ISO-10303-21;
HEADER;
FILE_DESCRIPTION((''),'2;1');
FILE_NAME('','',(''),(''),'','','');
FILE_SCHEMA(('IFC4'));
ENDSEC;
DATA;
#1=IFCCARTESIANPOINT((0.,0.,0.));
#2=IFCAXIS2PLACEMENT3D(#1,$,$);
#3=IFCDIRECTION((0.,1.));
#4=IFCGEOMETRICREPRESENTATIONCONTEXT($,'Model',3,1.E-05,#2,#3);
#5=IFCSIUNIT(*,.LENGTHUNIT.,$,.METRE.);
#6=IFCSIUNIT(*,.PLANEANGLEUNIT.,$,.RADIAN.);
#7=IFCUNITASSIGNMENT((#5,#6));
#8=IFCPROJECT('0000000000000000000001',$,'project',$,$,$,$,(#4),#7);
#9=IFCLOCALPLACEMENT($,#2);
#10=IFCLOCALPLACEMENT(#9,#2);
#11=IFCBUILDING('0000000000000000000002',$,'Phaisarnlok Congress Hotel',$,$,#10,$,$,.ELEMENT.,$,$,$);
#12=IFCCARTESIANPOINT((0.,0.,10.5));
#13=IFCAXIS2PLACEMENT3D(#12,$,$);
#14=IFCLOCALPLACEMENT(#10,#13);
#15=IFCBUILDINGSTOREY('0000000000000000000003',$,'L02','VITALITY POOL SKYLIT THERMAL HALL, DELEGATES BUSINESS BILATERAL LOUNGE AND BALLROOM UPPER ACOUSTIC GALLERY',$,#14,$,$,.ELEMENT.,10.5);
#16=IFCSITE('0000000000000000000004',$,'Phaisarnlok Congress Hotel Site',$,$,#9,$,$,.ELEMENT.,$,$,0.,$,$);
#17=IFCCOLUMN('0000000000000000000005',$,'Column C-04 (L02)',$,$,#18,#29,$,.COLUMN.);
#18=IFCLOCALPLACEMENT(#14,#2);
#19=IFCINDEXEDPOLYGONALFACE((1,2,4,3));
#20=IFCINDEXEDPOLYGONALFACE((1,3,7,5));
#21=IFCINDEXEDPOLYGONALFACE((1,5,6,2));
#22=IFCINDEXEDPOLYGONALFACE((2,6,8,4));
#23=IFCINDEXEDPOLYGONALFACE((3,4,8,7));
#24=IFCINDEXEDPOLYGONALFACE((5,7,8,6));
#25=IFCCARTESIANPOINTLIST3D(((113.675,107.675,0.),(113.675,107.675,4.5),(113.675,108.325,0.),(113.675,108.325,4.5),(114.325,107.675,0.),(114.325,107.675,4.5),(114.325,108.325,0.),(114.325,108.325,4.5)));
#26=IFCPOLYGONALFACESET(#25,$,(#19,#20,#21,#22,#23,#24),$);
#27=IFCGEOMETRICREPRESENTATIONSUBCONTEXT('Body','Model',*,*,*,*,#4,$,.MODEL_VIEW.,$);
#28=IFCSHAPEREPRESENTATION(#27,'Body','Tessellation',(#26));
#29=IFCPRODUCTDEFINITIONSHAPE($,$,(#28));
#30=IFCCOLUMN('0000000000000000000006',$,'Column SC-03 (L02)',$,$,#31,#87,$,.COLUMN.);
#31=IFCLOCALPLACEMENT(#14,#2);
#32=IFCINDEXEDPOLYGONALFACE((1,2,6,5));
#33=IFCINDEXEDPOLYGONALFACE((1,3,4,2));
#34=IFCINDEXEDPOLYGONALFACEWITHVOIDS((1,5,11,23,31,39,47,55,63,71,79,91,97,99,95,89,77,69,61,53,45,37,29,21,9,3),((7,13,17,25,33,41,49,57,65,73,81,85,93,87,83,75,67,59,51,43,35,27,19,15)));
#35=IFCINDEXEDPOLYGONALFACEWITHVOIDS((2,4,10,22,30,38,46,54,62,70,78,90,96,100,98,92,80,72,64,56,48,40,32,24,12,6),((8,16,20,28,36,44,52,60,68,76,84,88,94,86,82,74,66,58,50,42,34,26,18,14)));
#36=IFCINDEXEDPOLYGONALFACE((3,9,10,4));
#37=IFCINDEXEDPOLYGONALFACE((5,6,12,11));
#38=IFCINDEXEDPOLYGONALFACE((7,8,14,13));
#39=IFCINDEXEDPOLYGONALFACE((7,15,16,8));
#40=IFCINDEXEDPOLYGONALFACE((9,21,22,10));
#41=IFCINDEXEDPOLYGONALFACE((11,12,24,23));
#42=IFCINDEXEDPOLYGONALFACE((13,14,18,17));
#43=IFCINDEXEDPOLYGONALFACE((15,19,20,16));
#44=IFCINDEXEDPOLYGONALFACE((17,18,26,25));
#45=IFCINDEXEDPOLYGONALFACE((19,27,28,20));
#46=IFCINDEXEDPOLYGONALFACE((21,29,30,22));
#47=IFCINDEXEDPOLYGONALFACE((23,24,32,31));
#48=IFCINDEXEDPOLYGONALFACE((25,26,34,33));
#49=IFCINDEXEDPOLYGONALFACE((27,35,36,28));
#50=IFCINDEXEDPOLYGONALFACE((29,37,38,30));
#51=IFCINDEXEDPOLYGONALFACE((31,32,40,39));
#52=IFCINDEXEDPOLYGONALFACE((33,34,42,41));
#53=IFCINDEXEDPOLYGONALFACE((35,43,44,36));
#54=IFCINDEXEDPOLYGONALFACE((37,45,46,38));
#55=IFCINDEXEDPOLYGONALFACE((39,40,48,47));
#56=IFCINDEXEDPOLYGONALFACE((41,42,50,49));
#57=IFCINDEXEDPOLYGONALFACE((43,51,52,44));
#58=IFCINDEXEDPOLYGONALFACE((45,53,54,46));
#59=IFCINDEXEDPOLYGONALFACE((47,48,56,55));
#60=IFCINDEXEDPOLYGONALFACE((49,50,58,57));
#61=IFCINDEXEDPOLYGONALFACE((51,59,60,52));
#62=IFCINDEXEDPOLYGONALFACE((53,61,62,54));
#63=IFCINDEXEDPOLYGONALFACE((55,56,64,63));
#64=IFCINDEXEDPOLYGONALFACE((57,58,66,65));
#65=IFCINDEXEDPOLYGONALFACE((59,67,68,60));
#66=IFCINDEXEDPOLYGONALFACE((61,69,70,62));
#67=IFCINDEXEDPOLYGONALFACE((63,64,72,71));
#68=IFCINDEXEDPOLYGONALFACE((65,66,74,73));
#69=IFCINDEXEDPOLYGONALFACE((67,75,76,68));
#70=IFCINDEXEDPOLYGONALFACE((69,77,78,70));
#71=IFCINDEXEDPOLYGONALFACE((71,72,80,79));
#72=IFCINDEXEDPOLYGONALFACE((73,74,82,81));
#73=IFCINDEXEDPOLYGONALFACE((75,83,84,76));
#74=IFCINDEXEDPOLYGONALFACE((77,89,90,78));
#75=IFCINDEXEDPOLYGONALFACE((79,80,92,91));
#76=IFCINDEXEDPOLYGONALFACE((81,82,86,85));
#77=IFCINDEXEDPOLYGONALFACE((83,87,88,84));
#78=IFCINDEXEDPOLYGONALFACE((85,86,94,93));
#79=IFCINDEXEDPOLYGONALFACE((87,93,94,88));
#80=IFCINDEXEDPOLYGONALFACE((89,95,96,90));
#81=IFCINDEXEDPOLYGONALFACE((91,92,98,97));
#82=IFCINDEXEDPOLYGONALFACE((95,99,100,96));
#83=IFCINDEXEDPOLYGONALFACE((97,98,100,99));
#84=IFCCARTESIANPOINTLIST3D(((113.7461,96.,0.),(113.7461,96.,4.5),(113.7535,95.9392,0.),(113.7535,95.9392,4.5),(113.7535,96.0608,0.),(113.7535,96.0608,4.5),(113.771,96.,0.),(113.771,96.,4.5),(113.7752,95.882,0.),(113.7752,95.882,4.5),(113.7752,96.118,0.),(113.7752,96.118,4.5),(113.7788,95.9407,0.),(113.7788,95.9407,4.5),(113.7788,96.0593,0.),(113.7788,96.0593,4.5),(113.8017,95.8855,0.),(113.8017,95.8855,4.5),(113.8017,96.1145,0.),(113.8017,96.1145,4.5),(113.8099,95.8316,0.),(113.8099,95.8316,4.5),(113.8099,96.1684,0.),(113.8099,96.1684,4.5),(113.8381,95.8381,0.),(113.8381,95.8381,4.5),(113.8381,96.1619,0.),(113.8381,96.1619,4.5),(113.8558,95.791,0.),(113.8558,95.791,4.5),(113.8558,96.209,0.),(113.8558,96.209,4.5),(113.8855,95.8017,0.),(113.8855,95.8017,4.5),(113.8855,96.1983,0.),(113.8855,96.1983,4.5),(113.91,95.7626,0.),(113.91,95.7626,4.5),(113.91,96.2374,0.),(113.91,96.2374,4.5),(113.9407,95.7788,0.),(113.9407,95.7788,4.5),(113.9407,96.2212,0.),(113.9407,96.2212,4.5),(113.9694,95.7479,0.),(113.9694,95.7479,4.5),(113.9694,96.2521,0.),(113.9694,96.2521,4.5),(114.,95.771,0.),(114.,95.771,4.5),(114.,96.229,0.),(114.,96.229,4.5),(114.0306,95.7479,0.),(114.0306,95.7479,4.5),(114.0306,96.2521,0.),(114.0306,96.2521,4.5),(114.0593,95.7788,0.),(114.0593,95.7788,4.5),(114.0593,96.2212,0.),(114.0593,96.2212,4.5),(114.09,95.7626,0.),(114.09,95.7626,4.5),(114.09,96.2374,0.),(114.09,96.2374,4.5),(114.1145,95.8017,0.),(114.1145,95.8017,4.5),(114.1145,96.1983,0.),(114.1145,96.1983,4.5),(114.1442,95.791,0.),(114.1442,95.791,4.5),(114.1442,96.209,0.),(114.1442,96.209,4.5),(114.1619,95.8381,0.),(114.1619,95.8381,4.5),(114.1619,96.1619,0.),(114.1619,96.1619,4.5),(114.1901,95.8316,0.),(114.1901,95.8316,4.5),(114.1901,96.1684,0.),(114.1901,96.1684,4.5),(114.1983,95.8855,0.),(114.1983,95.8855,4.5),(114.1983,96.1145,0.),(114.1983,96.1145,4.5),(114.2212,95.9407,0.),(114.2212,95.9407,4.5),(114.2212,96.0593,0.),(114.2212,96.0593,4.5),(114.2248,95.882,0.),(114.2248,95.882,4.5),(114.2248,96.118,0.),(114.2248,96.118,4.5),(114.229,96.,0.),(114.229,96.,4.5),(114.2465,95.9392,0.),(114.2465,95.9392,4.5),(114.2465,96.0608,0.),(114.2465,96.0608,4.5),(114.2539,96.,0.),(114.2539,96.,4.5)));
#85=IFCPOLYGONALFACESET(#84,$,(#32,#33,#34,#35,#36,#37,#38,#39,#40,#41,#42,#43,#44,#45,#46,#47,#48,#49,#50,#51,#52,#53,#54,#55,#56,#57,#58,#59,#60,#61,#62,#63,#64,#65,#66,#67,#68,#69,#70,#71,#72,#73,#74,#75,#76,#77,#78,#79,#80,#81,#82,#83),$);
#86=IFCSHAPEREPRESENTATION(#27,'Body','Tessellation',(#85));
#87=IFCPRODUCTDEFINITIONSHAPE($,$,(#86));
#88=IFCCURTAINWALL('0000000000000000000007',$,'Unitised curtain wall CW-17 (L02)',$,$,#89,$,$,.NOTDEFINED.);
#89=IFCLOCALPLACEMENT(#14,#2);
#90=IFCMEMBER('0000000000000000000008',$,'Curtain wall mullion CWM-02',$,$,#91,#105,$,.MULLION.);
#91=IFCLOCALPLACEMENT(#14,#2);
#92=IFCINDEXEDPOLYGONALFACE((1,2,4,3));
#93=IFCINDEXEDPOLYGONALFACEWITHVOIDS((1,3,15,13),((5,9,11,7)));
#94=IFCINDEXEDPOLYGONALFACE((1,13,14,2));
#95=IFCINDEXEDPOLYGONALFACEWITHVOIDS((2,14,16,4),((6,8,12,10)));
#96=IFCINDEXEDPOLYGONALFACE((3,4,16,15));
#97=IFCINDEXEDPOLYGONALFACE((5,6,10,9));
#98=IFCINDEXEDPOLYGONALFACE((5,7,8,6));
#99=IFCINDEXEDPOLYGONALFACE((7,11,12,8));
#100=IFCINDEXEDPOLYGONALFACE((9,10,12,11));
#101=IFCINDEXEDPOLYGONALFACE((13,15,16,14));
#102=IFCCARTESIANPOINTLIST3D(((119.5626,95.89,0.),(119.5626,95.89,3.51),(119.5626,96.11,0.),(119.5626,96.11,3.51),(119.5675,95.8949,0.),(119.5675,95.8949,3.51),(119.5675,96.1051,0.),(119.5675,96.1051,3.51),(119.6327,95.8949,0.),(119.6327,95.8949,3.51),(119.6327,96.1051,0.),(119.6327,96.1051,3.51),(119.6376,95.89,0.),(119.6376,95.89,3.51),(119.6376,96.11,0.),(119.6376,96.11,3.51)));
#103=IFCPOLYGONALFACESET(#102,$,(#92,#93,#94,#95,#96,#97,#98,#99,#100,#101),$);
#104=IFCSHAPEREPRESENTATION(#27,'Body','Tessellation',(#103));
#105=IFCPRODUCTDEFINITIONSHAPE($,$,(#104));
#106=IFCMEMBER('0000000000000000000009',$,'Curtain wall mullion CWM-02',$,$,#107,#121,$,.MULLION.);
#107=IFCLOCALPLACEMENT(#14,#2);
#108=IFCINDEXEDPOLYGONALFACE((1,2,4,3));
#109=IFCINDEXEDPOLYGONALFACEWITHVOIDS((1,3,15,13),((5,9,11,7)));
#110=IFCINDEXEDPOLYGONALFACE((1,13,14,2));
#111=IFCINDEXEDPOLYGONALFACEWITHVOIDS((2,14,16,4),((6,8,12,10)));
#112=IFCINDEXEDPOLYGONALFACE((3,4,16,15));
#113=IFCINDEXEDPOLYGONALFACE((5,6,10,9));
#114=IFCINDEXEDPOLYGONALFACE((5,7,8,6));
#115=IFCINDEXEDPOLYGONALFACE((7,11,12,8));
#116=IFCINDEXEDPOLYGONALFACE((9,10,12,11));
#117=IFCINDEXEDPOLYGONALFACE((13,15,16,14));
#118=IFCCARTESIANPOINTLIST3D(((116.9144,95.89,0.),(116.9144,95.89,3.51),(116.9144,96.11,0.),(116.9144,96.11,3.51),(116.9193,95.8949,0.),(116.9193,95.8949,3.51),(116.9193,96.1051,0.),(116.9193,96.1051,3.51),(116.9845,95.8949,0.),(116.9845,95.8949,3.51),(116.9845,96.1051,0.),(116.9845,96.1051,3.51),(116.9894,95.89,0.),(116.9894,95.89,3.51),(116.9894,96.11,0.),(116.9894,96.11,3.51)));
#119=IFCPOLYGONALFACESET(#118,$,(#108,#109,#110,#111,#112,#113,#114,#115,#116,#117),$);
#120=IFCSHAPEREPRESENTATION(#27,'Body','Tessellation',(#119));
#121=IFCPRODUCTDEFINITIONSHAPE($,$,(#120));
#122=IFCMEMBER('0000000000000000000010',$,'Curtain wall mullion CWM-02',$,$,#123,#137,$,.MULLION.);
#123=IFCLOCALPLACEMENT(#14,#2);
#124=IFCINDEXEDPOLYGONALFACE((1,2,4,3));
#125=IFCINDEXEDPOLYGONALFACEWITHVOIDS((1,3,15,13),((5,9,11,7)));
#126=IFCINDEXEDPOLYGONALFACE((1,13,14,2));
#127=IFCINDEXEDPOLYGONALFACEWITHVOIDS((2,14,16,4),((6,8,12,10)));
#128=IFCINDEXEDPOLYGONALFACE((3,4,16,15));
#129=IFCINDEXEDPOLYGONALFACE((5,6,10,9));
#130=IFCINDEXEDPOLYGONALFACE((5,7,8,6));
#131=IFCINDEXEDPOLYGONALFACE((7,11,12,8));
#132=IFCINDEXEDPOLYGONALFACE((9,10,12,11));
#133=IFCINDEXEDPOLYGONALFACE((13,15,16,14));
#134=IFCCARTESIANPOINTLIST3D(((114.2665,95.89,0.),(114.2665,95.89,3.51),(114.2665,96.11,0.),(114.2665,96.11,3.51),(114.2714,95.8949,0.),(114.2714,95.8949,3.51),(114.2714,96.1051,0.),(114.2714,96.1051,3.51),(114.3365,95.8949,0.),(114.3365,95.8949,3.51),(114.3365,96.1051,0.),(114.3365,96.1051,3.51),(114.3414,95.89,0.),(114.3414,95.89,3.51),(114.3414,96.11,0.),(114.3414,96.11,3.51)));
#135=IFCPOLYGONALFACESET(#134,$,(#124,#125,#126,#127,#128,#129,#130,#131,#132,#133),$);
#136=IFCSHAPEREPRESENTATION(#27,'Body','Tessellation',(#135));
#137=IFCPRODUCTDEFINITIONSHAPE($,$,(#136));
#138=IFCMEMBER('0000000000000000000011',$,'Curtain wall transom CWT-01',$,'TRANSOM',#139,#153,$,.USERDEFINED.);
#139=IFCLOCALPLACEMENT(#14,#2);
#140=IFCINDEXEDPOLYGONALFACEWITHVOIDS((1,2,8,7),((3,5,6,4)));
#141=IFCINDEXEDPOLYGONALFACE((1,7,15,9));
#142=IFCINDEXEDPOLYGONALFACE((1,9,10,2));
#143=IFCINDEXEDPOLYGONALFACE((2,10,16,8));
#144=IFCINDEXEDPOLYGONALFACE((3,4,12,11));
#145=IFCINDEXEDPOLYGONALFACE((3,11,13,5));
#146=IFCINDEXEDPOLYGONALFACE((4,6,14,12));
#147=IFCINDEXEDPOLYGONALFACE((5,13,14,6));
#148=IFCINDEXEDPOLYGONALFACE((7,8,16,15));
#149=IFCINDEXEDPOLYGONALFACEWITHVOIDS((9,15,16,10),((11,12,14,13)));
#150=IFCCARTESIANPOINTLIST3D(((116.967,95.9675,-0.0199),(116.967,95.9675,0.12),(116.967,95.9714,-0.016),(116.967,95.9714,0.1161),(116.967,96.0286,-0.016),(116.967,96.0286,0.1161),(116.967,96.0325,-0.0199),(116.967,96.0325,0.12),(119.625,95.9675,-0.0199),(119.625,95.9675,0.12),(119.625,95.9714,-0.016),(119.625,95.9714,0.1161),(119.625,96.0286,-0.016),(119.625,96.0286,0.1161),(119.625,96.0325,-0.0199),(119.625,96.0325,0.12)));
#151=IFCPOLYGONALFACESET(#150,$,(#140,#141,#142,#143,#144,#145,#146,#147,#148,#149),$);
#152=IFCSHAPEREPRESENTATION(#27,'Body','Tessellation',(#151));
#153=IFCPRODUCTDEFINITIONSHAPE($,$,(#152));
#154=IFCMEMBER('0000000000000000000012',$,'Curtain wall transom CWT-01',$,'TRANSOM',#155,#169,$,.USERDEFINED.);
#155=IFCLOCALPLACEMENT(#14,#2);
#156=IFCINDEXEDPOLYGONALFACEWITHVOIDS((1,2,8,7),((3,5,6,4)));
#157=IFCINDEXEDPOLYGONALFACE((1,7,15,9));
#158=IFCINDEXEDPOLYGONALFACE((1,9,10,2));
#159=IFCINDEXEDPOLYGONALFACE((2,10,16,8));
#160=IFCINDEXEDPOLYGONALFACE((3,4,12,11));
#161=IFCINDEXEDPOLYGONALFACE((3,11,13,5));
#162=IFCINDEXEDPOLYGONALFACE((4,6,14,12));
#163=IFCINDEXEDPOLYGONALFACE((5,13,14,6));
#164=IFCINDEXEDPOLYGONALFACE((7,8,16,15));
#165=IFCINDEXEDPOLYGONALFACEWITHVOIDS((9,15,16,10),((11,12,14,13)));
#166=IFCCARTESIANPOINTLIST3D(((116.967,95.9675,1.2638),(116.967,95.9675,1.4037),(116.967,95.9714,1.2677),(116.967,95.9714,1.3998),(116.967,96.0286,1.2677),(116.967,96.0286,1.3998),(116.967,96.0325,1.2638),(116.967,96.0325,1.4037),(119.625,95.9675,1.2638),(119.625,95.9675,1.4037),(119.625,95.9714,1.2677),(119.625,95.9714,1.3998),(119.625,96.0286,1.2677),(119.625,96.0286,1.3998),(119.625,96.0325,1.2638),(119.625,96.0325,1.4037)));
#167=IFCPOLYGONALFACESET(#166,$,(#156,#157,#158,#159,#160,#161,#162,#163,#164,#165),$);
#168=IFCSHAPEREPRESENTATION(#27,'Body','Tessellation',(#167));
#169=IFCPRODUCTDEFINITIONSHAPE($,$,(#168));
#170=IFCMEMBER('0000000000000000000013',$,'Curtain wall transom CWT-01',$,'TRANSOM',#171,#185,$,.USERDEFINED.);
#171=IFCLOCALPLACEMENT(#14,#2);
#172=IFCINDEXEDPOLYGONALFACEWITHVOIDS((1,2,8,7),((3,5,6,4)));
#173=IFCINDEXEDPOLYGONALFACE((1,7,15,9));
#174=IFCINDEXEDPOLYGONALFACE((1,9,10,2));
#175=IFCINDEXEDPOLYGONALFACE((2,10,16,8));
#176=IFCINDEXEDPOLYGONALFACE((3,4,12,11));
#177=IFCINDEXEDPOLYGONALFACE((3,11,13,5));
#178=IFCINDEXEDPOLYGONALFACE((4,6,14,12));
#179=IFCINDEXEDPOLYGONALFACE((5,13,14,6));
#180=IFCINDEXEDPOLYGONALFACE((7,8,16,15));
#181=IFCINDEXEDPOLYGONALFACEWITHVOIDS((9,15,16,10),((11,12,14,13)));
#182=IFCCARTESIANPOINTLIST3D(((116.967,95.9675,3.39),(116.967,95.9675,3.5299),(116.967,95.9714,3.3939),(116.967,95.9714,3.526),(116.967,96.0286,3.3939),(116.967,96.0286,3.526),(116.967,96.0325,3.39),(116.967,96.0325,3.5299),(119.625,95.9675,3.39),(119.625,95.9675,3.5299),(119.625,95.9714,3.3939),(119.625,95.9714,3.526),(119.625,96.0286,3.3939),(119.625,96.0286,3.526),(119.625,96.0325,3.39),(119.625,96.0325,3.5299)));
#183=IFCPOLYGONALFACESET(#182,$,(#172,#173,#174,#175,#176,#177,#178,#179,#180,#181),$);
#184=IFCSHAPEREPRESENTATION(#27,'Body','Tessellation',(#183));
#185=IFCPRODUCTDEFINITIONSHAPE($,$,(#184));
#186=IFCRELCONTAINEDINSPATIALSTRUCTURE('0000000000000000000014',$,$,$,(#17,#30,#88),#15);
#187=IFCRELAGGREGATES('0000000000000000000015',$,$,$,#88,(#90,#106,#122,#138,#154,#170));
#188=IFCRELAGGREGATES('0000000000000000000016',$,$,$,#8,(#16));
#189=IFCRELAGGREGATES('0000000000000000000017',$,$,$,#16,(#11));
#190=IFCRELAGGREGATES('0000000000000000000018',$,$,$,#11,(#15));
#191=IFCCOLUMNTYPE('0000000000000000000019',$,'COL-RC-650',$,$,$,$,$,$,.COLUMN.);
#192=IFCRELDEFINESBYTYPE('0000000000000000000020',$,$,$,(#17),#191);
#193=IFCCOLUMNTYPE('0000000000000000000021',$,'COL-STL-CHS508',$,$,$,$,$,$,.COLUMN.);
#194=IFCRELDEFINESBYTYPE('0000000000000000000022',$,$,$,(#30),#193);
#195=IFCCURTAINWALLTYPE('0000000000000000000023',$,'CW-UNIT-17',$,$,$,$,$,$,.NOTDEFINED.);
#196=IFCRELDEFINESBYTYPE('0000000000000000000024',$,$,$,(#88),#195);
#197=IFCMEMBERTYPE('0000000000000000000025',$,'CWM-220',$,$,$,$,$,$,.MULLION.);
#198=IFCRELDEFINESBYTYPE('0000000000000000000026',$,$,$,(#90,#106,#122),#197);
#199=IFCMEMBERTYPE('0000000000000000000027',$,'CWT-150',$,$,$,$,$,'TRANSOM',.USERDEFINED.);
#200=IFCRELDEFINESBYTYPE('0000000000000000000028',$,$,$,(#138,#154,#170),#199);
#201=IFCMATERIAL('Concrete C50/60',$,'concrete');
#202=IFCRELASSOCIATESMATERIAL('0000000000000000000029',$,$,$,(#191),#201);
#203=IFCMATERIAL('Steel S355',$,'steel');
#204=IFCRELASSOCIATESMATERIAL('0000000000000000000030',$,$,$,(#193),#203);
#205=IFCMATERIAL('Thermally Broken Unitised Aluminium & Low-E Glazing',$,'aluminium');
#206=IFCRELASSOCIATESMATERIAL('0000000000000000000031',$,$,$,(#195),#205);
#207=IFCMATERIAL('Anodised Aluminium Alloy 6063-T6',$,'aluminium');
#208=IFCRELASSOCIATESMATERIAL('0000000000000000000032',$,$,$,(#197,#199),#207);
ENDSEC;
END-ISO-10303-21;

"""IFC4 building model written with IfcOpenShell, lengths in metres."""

from ifc_helpers import new_model, si_unit, direction, frame, origin, origin_2d, place, context, subcontext, project, spatial, rectangle, hollow_rectangle, hollow_circle, extrude, material, material_profile, profile_set, type_object, element, aggregate, save


model = new_model("IFC4")

# Units and contexts
model_context = context("Model", 3, precision=1e-05, world=origin(), true_north=direction((0.0, 1.0)))
body_context = subcontext(model_context, "Body", "Model", "MODEL_VIEW")
ifc_project = project(units=[si_unit("LENGTHUNIT", "METRE"), si_unit("PLANEANGLEUNIT", "RADIAN")], contexts=[model_context])

# Site, building, storey
site_placement = place(None, origin())
site = spatial("IfcSite", under=ifc_project, at=site_placement, Name="Phaisarnlok Congress Hotel Site", CompositionType="ELEMENT", RefElevation=0.0)
building_placement = place(site_placement, origin())
building = spatial("IfcBuilding", under=site, at=building_placement, Name="Phaisarnlok Congress Hotel", CompositionType="ELEMENT")
storey_placement = place(building_placement, frame((0.0, 0.0, 10.5)))
storey = spatial("IfcBuildingStorey", under=building, at=storey_placement, Name="L02", Description="VITALITY POOL SKYLIT THERMAL HALL, DELEGATES BUSINESS BILATERAL LOUNGE AND BALLROOM UPPER ACOUSTIC GALLERY", CompositionType="ELEMENT", Elevation=10.5)

# Columns
ifc_material_1 = material(Name="Concrete C50/60", Category="concrete")
ifc_material_profile_1 = material_profile(ifc_material_1, rectangle(XDim=0.6499, YDim=0.6499, at=origin_2d()), Name="RC 650x650")
ifc_profile_set_1 = profile_set([ifc_material_profile_1], Name="Concrete C50/60")
column_type_1 = type_object("IfcColumnType", Name="COL-RC-650", PredefinedType="COLUMN", material=ifc_profile_set_1)
column_1_placement = place(storey_placement, frame((114.0, 108.0, 0.0), z_axis=(0.0, 0.0, 1.0), x_axis=(1.0, 0.0, 0.0)))
element("IfcColumn", 1, at=column_1_placement, inside=storey, type_object=column_type_1, Name="Column C-04 (L02)", PredefinedType="COLUMN", context=body_context, shape_type="SweptSolid", body=[
    extrude(rectangle(XDim=0.6499, YDim=0.6499, at=origin_2d()), origin(), (0.0, 0.0, 1.0), 4.5),
])
ifc_material_2 = material(Name="Steel S355", Category="steel")
ifc_material_profile_2 = material_profile(ifc_material_2, hollow_circle(Radius=0.2539, WallThickness=0.0249, at=origin_2d()), Name="CHS 508x25")
ifc_profile_set_2 = profile_set([ifc_material_profile_2], Name="Steel S355")
column_type_2 = type_object("IfcColumnType", Name="COL-STL-CHS508", PredefinedType="COLUMN", material=ifc_profile_set_2)
column_2_placement = place(storey_placement, frame((114.0, 96.0, 0.0), z_axis=(0.0, 0.0, 1.0), x_axis=(1.0, 0.0, 0.0)))
element("IfcColumn", 2, at=column_2_placement, inside=storey, type_object=column_type_2, Name="Column SC-03 (L02)", PredefinedType="COLUMN", context=body_context, shape_type="SweptSolid", body=[
    extrude(hollow_circle(Radius=0.2539, WallThickness=0.0249, at=origin_2d()), origin(), (0.0, 0.0, 1.0), 4.5),
])

# Curtain wall, members
ifc_material_3 = material(Name="Thermally Broken Unitised Aluminium & Low-E Glazing", Category="aluminium")
curtain_wall_type = type_object("IfcCurtainWallType", Name="CW-UNIT-17", PredefinedType="NOTDEFINED", material=ifc_material_3)
curtain_wall_1_placement = place(storey_placement, origin())
curtain_wall_1 = element("IfcCurtainWall", 3, at=curtain_wall_1_placement, inside=storey, type_object=curtain_wall_type, Name="Unitised curtain wall CW-17 (L02)", PredefinedType="NOTDEFINED")
ifc_material_4 = material(Name="Anodised Aluminium Alloy 6063-T6", Category="aluminium")
ifc_material_profile_3 = material_profile(ifc_material_4, hollow_rectangle(XDim=0.075, YDim=0.22, WallThickness=0.0049, at=origin_2d()), Name="ALU-M 75x220x5")
ifc_profile_set_3 = profile_set([ifc_material_profile_3], Name="Anodised Aluminium Alloy 6063-T6")
member_type_1 = type_object("IfcMemberType", Name="CWM-220", PredefinedType="MULLION", material=ifc_profile_set_3)
member_1_placement = place(storey_placement, frame((119.6001, 96.0, 0.0), z_axis=(0.0, 0.0, 1.0), x_axis=(-1.0, 0.0, 0.0)))
member_1 = element("IfcMember", 4, at=member_1_placement, type_object=member_type_1, Name="Curtain wall mullion CWM-02", PredefinedType="MULLION", context=body_context, shape_type="SweptSolid", body=[
    extrude(hollow_rectangle(XDim=0.075, YDim=0.22, WallThickness=0.0049, at=origin_2d()), origin(), (0.0, 0.0, 1.0), 3.51),
])
member_2_placement = place(storey_placement, frame((116.9519, 96.0, 0.0), z_axis=(0.0, 0.0, 1.0), x_axis=(-1.0, 0.0, 0.0)))
member_2 = element("IfcMember", 5, at=member_2_placement, type_object=member_type_1, Name="Curtain wall mullion CWM-02", PredefinedType="MULLION", context=body_context, shape_type="SweptSolid", body=[
    extrude(hollow_rectangle(XDim=0.075, YDim=0.22, WallThickness=0.0049, at=origin_2d()), origin(), (0.0, 0.0, 1.0), 3.51),
])
member_3_placement = place(storey_placement, frame((114.304, 96.0, 0.0), z_axis=(0.0, 0.0, 1.0), x_axis=(-1.0, 0.0, 0.0)))
member_3 = element("IfcMember", 6, at=member_3_placement, type_object=member_type_1, Name="Curtain wall mullion CWM-02", PredefinedType="MULLION", context=body_context, shape_type="SweptSolid", body=[
    extrude(hollow_rectangle(XDim=0.075, YDim=0.22, WallThickness=0.0049, at=origin_2d()), origin(), (0.0, 0.0, 1.0), 3.51),
])
ifc_material_profile_4 = material_profile(ifc_material_4, hollow_rectangle(XDim=0.0649, YDim=0.1399, WallThickness=0.0039, at=origin_2d()), Name="ALU-T 65x140x4")
ifc_profile_set_4 = profile_set([ifc_material_profile_4], Name="Anodised Aluminium Alloy 6063-T6")
member_type_2 = type_object("IfcMemberType", Name="CWT-150", ElementType="TRANSOM", PredefinedType="USERDEFINED", material=ifc_profile_set_4)
member_4_placement = place(storey_placement, frame((119.625, 96.0, 0.05), z_axis=(-1.0, 0.0, 0.0), x_axis=(0.0, -1.0, 0.0)))
member_4 = element("IfcMember", 7, at=member_4_placement, type_object=member_type_2, Name="Curtain wall transom CWT-01", ObjectType="TRANSOM", PredefinedType="USERDEFINED", context=body_context, shape_type="SweptSolid", body=[
    extrude(hollow_rectangle(XDim=0.0649, YDim=0.1399, WallThickness=0.0039, at=origin_2d()), origin(), (0.0, 0.0, 1.0), 2.658),
])
member_5_placement = place(storey_placement, frame((119.625, 96.0, 1.3337), z_axis=(-1.0, 0.0, 0.0), x_axis=(0.0, -1.0, 0.0)))
member_5 = element("IfcMember", 8, at=member_5_placement, type_object=member_type_2, Name="Curtain wall transom CWT-01", ObjectType="TRANSOM", PredefinedType="USERDEFINED", context=body_context, shape_type="SweptSolid", body=[
    extrude(hollow_rectangle(XDim=0.0649, YDim=0.1399, WallThickness=0.0039, at=origin_2d()), origin(), (0.0, 0.0, 1.0), 2.658),
])
member_6_placement = place(storey_placement, frame((119.625, 96.0, 3.46), z_axis=(-1.0, 0.0, 0.0), x_axis=(0.0, -1.0, 0.0)))
member_6 = element("IfcMember", 9, at=member_6_placement, type_object=member_type_2, Name="Curtain wall transom CWT-01", ObjectType="TRANSOM", PredefinedType="USERDEFINED", context=body_context, shape_type="SweptSolid", body=[
    extrude(hollow_rectangle(XDim=0.0649, YDim=0.1399, WallThickness=0.0039, at=origin_2d()), origin(), (0.0, 0.0, 1.0), 2.658),
])

aggregate(curtain_wall_1, [member_1, member_2, member_3, member_4, member_5, member_6])

save(model, "model.ifc")
